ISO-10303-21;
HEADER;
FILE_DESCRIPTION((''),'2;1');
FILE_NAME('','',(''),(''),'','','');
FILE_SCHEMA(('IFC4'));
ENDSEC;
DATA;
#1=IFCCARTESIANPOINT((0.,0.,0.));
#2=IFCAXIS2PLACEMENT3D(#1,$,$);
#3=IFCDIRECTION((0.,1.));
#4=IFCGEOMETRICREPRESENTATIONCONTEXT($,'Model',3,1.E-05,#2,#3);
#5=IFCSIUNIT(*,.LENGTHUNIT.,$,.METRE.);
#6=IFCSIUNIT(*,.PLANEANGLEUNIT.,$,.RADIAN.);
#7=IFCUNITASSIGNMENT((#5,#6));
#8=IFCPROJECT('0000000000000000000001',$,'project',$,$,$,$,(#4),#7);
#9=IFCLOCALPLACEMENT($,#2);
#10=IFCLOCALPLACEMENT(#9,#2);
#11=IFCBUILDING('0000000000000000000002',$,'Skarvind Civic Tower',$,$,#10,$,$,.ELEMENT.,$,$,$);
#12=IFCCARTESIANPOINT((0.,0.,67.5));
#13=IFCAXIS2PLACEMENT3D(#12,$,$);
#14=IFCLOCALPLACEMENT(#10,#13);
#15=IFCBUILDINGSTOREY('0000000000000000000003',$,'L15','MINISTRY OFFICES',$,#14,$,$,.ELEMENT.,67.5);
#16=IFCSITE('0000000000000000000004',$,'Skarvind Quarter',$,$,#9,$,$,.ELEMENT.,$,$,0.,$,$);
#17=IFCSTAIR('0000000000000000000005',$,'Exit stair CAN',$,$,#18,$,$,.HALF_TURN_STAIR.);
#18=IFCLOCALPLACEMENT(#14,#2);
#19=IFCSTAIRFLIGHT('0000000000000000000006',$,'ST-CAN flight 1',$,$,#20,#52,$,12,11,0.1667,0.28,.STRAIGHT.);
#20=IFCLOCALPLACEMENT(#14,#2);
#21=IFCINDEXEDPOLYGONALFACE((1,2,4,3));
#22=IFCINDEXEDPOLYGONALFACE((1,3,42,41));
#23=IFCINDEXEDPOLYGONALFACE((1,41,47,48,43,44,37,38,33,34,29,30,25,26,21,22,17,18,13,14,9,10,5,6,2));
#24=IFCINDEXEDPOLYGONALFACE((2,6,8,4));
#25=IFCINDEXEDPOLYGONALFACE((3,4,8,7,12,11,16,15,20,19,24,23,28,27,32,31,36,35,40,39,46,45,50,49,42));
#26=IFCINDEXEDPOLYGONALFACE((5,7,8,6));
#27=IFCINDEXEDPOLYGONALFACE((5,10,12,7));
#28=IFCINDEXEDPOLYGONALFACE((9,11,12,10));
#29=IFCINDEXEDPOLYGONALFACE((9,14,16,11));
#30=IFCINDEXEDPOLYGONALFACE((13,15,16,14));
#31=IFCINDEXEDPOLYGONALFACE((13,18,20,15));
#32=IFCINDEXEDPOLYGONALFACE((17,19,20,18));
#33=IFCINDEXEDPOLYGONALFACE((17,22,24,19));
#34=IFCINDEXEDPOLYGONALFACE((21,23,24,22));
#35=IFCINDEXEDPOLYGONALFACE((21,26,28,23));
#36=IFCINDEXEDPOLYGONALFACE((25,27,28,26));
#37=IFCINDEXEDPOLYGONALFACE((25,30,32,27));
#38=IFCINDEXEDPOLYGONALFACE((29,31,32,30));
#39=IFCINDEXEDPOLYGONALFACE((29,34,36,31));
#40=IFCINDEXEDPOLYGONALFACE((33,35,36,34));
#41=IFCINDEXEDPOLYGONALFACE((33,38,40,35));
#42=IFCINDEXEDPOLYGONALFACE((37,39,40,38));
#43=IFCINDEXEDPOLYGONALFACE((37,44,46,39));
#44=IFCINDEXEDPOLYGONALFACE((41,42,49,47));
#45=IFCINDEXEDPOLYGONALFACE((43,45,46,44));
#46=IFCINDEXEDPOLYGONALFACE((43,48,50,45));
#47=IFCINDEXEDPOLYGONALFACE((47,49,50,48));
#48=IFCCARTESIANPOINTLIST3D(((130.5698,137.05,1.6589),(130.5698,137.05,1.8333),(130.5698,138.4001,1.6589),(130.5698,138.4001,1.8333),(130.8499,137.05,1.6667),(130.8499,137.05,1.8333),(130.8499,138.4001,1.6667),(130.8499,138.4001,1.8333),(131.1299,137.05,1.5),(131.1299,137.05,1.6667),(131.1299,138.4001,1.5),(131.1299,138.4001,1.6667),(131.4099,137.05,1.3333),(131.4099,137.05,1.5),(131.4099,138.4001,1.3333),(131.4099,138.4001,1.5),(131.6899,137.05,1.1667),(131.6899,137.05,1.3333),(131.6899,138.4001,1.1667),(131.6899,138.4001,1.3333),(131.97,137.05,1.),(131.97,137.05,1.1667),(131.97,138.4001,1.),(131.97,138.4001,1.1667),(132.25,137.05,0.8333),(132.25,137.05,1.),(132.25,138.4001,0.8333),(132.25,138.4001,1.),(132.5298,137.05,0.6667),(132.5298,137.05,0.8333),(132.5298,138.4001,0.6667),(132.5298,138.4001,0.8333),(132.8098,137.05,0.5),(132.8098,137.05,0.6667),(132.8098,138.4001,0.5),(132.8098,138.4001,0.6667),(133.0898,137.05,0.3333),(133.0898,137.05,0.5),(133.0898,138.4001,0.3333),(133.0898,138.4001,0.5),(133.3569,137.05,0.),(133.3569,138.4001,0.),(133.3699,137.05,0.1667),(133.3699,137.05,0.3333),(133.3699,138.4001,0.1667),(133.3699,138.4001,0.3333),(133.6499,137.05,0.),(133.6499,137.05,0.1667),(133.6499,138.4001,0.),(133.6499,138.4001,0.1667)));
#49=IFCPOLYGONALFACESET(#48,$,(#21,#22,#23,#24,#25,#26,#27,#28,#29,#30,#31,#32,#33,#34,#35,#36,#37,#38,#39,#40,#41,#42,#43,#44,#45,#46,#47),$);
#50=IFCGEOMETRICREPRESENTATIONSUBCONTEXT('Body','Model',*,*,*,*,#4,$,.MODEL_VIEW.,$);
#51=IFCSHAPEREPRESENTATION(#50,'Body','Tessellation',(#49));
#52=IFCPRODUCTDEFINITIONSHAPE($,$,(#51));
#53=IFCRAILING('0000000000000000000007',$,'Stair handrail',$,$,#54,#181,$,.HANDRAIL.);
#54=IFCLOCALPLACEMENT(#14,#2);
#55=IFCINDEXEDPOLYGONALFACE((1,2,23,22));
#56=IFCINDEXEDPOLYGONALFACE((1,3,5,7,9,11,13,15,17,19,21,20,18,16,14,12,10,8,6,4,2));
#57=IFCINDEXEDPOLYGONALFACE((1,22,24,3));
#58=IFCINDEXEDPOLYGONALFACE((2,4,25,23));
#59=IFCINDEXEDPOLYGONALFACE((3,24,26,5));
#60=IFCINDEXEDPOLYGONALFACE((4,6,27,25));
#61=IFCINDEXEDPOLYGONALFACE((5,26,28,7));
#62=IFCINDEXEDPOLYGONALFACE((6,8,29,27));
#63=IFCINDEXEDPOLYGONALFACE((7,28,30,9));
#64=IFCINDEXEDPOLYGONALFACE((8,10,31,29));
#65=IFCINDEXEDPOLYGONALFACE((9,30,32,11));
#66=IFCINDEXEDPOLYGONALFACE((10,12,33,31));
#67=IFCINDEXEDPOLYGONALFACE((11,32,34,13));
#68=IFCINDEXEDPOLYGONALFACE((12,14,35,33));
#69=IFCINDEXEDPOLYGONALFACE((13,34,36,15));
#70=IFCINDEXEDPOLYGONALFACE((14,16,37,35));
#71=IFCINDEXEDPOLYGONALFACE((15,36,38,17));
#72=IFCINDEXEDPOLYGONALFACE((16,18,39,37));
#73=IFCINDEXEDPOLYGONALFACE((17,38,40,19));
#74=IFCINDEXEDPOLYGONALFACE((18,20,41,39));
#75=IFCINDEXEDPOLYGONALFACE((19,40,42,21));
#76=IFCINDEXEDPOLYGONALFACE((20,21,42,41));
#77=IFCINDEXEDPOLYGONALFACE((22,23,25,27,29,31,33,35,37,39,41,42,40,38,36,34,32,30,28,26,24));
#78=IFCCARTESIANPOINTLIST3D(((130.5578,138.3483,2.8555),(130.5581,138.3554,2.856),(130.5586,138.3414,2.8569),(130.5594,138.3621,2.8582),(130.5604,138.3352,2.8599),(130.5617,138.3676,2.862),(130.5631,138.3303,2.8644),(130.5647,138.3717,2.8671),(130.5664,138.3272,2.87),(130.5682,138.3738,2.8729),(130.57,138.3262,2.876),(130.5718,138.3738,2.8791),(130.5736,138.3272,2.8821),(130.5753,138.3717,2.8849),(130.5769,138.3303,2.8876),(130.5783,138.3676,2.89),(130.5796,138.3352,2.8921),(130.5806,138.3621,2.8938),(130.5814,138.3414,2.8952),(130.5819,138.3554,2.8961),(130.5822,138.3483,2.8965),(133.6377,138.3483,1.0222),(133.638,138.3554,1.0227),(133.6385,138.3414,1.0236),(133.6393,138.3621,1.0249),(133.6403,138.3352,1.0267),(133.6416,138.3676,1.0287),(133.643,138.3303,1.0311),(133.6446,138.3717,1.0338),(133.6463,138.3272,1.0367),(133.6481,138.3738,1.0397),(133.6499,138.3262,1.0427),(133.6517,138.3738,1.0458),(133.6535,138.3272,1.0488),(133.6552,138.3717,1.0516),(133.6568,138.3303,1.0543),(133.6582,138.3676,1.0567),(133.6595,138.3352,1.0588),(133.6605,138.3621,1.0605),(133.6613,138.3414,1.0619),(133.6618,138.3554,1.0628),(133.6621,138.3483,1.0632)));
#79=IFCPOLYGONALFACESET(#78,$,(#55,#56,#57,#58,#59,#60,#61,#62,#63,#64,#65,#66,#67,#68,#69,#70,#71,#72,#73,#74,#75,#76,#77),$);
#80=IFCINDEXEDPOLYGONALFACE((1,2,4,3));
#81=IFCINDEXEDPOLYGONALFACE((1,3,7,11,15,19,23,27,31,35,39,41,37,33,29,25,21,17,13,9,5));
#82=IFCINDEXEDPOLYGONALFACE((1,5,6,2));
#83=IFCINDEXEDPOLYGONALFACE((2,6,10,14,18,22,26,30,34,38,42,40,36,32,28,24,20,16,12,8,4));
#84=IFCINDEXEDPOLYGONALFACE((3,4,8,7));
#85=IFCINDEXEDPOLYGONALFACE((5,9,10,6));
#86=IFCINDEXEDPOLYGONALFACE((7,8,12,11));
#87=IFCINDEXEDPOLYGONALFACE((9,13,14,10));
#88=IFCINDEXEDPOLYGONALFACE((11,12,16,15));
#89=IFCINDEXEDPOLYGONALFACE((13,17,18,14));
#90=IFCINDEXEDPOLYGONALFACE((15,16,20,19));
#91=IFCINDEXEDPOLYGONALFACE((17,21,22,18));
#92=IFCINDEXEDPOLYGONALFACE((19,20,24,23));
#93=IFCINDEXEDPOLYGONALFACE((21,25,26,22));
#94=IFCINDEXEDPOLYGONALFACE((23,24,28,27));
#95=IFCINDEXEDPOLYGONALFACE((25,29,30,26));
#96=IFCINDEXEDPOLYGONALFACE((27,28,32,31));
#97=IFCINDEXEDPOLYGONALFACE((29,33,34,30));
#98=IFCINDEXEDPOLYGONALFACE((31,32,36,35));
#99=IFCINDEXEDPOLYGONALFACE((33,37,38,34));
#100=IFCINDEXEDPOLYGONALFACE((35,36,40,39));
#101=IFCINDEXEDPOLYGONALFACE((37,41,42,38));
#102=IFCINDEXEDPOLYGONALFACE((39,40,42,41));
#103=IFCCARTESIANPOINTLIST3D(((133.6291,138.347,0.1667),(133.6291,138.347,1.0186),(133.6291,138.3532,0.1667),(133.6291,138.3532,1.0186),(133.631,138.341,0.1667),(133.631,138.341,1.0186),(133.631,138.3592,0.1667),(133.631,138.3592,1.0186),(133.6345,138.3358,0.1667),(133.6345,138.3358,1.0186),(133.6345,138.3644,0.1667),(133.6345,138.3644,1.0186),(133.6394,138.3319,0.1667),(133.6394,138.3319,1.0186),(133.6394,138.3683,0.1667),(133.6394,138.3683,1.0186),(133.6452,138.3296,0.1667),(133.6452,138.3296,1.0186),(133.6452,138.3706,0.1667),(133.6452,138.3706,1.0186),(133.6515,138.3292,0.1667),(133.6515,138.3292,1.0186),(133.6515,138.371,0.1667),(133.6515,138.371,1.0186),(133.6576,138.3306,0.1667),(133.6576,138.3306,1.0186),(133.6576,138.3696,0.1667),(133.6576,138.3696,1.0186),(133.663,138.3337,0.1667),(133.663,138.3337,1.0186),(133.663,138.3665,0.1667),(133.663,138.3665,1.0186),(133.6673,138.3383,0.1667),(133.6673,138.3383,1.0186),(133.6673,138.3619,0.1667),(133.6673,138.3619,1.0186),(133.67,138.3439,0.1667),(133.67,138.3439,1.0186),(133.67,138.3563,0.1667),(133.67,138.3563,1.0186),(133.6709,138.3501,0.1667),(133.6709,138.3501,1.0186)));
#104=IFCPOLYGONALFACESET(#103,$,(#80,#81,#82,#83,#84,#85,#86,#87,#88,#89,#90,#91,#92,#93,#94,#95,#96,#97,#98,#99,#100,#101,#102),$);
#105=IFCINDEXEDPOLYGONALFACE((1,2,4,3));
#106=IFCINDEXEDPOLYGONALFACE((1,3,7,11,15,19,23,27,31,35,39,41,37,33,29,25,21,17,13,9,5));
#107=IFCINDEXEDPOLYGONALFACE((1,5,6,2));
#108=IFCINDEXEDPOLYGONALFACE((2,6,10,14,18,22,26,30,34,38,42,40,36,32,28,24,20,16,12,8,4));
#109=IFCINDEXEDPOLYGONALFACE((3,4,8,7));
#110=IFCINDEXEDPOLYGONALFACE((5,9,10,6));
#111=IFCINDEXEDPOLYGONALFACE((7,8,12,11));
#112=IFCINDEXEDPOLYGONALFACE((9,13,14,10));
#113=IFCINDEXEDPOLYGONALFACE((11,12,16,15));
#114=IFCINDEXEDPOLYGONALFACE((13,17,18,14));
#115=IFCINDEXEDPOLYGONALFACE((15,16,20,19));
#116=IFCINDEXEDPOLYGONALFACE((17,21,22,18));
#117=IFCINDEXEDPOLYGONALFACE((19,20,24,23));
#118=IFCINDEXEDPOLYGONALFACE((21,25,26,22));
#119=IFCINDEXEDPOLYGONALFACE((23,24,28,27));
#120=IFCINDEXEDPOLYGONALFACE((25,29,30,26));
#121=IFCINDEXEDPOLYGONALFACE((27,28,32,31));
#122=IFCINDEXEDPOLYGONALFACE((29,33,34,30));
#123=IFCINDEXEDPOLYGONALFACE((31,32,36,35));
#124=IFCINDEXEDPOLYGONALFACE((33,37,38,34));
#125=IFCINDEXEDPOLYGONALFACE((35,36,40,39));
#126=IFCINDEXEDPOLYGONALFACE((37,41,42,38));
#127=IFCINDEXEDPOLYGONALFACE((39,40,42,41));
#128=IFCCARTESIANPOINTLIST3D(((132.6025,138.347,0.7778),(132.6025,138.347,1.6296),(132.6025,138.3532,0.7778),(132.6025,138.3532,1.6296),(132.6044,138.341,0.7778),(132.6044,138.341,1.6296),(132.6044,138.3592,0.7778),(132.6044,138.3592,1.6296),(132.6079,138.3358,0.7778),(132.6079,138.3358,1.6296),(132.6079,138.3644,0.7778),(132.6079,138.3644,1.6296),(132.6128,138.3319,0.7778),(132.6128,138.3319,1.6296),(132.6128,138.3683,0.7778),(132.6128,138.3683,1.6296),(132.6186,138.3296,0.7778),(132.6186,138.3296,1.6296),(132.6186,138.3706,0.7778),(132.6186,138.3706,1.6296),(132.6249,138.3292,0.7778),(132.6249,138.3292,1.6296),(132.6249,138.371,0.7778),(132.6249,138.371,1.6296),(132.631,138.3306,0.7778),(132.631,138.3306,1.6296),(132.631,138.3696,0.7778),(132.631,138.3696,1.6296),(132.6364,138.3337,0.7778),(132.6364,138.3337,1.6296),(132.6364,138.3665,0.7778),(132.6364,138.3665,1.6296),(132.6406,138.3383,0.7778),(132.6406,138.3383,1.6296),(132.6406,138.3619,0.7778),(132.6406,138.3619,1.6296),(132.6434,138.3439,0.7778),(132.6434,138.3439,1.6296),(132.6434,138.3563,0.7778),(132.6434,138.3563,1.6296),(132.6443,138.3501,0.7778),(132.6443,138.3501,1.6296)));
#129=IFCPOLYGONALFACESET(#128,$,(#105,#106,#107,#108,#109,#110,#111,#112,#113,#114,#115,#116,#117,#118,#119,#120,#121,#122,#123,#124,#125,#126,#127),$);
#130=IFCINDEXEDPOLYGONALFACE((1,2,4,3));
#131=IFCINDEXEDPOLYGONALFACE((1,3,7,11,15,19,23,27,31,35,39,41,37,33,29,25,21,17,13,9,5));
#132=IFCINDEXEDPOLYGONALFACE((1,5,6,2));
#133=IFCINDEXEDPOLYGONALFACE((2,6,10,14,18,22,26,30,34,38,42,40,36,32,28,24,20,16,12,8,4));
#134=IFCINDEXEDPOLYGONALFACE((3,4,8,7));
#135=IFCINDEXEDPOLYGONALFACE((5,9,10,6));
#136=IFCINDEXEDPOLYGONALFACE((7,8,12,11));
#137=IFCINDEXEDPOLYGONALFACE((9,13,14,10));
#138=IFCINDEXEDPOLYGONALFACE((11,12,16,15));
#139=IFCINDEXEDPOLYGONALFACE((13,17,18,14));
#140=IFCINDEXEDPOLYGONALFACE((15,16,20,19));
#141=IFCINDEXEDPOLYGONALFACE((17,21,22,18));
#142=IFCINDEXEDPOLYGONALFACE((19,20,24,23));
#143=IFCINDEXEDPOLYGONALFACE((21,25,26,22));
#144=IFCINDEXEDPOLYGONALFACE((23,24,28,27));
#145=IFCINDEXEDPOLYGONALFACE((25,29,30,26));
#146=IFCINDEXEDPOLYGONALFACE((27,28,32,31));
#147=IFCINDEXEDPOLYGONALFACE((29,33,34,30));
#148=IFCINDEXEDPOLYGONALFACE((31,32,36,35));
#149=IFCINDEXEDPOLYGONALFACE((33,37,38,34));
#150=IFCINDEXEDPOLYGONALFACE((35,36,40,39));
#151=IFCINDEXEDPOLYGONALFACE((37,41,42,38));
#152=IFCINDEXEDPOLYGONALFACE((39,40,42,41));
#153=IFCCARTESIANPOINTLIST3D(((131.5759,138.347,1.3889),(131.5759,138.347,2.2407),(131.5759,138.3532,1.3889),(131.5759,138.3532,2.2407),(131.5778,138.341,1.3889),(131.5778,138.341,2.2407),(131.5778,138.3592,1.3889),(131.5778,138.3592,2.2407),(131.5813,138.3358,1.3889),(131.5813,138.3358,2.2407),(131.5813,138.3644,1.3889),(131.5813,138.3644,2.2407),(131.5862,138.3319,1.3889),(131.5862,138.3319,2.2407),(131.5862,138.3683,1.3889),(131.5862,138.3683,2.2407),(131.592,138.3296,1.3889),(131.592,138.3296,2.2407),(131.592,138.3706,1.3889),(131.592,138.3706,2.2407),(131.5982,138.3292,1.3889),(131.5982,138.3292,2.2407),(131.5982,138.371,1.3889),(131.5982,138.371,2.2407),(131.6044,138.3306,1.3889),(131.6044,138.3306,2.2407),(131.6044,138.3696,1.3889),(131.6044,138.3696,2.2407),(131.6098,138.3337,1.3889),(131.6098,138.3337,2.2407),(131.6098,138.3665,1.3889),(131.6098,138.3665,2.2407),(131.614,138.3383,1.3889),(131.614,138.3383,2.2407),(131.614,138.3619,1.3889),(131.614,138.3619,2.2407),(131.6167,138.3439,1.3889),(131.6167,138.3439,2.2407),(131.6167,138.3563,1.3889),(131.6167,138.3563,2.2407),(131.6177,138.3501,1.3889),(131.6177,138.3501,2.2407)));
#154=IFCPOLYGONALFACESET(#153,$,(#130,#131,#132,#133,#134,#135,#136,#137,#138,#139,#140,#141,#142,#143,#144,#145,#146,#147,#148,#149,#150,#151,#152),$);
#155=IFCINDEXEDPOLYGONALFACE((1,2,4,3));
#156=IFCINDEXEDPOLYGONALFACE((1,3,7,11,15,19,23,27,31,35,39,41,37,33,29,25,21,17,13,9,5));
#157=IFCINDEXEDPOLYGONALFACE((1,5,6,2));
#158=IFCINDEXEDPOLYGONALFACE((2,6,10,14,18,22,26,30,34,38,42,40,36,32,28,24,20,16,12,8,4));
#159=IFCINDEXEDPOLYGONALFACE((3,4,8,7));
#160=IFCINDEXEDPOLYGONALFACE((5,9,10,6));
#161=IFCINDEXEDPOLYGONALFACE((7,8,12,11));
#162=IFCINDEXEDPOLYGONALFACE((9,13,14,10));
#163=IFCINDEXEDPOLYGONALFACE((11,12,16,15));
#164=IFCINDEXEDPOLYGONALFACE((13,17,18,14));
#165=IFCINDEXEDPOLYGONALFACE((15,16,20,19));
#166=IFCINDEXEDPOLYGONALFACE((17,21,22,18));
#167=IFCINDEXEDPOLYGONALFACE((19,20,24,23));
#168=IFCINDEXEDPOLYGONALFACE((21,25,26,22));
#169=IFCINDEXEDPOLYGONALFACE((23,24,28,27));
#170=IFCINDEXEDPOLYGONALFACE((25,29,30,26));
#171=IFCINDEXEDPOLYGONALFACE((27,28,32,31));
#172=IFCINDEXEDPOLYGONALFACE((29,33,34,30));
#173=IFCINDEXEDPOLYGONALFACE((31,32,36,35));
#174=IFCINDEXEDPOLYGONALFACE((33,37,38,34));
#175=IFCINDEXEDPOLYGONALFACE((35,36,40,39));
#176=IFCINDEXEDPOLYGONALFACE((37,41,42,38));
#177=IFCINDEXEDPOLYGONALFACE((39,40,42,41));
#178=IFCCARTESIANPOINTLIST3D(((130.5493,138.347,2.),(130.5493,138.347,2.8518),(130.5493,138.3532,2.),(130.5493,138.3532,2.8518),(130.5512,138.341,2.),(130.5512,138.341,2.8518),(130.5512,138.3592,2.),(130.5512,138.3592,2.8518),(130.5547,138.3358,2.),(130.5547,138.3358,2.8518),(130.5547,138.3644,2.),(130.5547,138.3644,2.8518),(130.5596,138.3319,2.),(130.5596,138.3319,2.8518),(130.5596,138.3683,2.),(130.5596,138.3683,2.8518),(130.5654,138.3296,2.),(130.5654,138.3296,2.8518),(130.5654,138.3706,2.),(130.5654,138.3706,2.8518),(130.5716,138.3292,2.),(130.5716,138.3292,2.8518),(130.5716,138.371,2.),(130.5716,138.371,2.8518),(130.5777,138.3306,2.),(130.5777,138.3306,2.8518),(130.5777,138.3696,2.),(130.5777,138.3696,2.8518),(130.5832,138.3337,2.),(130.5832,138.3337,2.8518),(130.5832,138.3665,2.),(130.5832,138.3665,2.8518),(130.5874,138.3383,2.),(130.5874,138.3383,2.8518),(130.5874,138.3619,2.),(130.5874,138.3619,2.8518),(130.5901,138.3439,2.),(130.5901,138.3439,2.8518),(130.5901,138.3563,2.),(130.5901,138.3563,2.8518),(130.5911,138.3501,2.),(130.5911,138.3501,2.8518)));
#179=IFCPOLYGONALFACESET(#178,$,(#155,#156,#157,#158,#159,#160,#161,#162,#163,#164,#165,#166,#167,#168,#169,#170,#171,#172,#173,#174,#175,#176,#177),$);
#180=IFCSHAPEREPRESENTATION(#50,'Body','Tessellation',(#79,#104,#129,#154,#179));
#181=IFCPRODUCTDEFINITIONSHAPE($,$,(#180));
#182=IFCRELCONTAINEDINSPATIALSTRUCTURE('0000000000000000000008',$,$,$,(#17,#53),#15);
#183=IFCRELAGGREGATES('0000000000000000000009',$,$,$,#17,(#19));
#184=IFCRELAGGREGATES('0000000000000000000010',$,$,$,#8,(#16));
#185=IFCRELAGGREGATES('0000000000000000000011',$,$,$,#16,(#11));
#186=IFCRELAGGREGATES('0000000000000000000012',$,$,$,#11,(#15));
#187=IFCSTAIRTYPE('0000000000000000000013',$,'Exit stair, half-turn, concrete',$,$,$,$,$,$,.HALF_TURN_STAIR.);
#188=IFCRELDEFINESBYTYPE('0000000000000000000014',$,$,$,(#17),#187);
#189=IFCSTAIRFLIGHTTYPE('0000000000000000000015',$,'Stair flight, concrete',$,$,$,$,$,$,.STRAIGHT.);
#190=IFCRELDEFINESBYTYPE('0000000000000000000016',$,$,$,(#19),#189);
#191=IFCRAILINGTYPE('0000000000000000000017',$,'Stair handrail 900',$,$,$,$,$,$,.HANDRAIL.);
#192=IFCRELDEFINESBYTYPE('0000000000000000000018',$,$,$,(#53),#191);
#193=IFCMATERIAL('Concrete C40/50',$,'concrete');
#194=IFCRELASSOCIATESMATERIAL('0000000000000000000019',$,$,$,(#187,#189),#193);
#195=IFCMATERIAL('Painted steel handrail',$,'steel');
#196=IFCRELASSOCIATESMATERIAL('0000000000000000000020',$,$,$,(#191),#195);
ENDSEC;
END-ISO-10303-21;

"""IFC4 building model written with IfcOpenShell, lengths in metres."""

from ifc_helpers import new_model, si_unit, direction, frame, origin, origin_2d, place, context, subcontext, project, spatial, polyline, circle, outline, extrude, material, type_object, element, aggregate, save


model = new_model("IFC4")

# Units and contexts
model_context = context("Model", 3, precision=1e-05, world=origin(), true_north=direction((0.0, 1.0)))
body_context = subcontext(model_context, "Body", "Model", "MODEL_VIEW")
ifc_project = project(units=[si_unit("LENGTHUNIT", "METRE"), si_unit("PLANEANGLEUNIT", "RADIAN")], contexts=[model_context])

# Site, building, storey
site_placement = place(None, origin())
site = spatial("IfcSite", under=ifc_project, at=site_placement, Name="Skarvind Quarter", CompositionType="ELEMENT", RefElevation=0.0)
building_placement = place(site_placement, origin())
building = spatial("IfcBuilding", under=site, at=building_placement, Name="Skarvind Civic Tower", CompositionType="ELEMENT")
storey_placement = place(building_placement, frame((0.0, 0.0, 67.5)))
storey = spatial("IfcBuildingStorey", under=building, at=storey_placement, Name="L15", Description="MINISTRY OFFICES", CompositionType="ELEMENT", Elevation=67.5)

# Stair, stair flight
ifc_material_1 = material(Name="Concrete C40/50", Category="concrete")
stair_type = type_object("IfcStairType", Name="Exit stair, half-turn, concrete", PredefinedType="HALF_TURN_STAIR", material=ifc_material_1)
stair_placement = place(storey_placement, origin())
stair = element("IfcStair", 1, at=stair_placement, inside=storey, type_object=stair_type, Name="Exit stair CAN", PredefinedType="HALF_TURN_STAIR")
stair_flight_type = type_object("IfcStairFlightType", Name="Stair flight, concrete", PredefinedType="STRAIGHT", material=ifc_material_1)
stair_flight_placement = place(storey_placement, frame((133.6499, 137.7251, 0.0), z_axis=(0.0, 0.0, 1.0), x_axis=(-1.0, 0.0, 0.0)))
stair_flight = element("IfcStairFlight", 2, at=stair_flight_placement, type_object=stair_flight_type, Name="ST-CAN flight 1", NumberOfRisers=12, NumberOfTreads=11, PredefinedType="STRAIGHT", RiserHeight=0.1667, TreadLength=0.28, context=body_context, shape_type="SweptSolid", body=[
    extrude(outline(polyline([(0.0, 0.0), (0.0, 0.1667), (0.28, 0.1667), (0.28, 0.3333), (0.5601, 0.3333), (0.5601, 0.5), (0.8401, 0.5), (0.8401, 0.6667), (1.1201, 0.6667), (1.1201, 0.8333), (1.3999, 0.8333), (1.3999, 1.0), (1.6799, 1.0), (1.6799, 1.1667), (1.96, 1.1667), (1.96, 1.3333), (2.24, 1.3333), (2.24, 1.5), (2.52, 1.5), (2.52, 1.6667), (2.8, 1.6667), (2.8, 1.8333), (3.0801, 1.8333), (3.0801, 2.0), (3.0801, 1.6589), (0.293, 0.0), (0.0, 0.0)])), frame((0.0, 0.675, 0.0), z_axis=(0.0, -1.0, 0.0), x_axis=(1.0, 0.0, 0.0)), (0.0, 0.0, 1.0), 1.3501),
])
aggregate(stair, [stair_flight])

# Railing
ifc_material_2 = material(Name="Painted steel handrail", Category="steel")
railing_type = type_object("IfcRailingType", Name="Stair handrail 900", PredefinedType="HANDRAIL", material=ifc_material_2)
railing_placement = place(storey_placement, frame((133.6499, 138.3501, 0.1667)))
element("IfcRailing", 3, at=railing_placement, inside=storey, type_object=railing_type, Name="Stair handrail", PredefinedType="HANDRAIL", context=body_context, shape_type="SweptSolid", body=[
    extrude(circle(Radius=0.0239, at=origin_2d()), frame((0.0, 0.0, 0.876), z_axis=(-0.859291, 0.0, 0.511487), x_axis=(0.0, -1.0, 0.0)), (0.0, 0.0, 1.0), 3.5842),
    extrude(circle(Radius=0.021, at=origin_2d()), origin(), (0.0, 0.0, 1.0), 0.8518),
    extrude(circle(Radius=0.021, at=origin_2d()), frame((-1.0266, 0.0, 0.6111)), (0.0, 0.0, 1.0), 0.8518),
    extrude(circle(Radius=0.021, at=origin_2d()), frame((-2.0532, 0.0, 1.2222)), (0.0, 0.0, 1.0), 0.8518),
    extrude(circle(Radius=0.021, at=origin_2d()), frame((-3.0798, 0.0, 1.8333)), (0.0, 0.0, 1.0), 0.8518),
])

save(model, "model.ifc")
